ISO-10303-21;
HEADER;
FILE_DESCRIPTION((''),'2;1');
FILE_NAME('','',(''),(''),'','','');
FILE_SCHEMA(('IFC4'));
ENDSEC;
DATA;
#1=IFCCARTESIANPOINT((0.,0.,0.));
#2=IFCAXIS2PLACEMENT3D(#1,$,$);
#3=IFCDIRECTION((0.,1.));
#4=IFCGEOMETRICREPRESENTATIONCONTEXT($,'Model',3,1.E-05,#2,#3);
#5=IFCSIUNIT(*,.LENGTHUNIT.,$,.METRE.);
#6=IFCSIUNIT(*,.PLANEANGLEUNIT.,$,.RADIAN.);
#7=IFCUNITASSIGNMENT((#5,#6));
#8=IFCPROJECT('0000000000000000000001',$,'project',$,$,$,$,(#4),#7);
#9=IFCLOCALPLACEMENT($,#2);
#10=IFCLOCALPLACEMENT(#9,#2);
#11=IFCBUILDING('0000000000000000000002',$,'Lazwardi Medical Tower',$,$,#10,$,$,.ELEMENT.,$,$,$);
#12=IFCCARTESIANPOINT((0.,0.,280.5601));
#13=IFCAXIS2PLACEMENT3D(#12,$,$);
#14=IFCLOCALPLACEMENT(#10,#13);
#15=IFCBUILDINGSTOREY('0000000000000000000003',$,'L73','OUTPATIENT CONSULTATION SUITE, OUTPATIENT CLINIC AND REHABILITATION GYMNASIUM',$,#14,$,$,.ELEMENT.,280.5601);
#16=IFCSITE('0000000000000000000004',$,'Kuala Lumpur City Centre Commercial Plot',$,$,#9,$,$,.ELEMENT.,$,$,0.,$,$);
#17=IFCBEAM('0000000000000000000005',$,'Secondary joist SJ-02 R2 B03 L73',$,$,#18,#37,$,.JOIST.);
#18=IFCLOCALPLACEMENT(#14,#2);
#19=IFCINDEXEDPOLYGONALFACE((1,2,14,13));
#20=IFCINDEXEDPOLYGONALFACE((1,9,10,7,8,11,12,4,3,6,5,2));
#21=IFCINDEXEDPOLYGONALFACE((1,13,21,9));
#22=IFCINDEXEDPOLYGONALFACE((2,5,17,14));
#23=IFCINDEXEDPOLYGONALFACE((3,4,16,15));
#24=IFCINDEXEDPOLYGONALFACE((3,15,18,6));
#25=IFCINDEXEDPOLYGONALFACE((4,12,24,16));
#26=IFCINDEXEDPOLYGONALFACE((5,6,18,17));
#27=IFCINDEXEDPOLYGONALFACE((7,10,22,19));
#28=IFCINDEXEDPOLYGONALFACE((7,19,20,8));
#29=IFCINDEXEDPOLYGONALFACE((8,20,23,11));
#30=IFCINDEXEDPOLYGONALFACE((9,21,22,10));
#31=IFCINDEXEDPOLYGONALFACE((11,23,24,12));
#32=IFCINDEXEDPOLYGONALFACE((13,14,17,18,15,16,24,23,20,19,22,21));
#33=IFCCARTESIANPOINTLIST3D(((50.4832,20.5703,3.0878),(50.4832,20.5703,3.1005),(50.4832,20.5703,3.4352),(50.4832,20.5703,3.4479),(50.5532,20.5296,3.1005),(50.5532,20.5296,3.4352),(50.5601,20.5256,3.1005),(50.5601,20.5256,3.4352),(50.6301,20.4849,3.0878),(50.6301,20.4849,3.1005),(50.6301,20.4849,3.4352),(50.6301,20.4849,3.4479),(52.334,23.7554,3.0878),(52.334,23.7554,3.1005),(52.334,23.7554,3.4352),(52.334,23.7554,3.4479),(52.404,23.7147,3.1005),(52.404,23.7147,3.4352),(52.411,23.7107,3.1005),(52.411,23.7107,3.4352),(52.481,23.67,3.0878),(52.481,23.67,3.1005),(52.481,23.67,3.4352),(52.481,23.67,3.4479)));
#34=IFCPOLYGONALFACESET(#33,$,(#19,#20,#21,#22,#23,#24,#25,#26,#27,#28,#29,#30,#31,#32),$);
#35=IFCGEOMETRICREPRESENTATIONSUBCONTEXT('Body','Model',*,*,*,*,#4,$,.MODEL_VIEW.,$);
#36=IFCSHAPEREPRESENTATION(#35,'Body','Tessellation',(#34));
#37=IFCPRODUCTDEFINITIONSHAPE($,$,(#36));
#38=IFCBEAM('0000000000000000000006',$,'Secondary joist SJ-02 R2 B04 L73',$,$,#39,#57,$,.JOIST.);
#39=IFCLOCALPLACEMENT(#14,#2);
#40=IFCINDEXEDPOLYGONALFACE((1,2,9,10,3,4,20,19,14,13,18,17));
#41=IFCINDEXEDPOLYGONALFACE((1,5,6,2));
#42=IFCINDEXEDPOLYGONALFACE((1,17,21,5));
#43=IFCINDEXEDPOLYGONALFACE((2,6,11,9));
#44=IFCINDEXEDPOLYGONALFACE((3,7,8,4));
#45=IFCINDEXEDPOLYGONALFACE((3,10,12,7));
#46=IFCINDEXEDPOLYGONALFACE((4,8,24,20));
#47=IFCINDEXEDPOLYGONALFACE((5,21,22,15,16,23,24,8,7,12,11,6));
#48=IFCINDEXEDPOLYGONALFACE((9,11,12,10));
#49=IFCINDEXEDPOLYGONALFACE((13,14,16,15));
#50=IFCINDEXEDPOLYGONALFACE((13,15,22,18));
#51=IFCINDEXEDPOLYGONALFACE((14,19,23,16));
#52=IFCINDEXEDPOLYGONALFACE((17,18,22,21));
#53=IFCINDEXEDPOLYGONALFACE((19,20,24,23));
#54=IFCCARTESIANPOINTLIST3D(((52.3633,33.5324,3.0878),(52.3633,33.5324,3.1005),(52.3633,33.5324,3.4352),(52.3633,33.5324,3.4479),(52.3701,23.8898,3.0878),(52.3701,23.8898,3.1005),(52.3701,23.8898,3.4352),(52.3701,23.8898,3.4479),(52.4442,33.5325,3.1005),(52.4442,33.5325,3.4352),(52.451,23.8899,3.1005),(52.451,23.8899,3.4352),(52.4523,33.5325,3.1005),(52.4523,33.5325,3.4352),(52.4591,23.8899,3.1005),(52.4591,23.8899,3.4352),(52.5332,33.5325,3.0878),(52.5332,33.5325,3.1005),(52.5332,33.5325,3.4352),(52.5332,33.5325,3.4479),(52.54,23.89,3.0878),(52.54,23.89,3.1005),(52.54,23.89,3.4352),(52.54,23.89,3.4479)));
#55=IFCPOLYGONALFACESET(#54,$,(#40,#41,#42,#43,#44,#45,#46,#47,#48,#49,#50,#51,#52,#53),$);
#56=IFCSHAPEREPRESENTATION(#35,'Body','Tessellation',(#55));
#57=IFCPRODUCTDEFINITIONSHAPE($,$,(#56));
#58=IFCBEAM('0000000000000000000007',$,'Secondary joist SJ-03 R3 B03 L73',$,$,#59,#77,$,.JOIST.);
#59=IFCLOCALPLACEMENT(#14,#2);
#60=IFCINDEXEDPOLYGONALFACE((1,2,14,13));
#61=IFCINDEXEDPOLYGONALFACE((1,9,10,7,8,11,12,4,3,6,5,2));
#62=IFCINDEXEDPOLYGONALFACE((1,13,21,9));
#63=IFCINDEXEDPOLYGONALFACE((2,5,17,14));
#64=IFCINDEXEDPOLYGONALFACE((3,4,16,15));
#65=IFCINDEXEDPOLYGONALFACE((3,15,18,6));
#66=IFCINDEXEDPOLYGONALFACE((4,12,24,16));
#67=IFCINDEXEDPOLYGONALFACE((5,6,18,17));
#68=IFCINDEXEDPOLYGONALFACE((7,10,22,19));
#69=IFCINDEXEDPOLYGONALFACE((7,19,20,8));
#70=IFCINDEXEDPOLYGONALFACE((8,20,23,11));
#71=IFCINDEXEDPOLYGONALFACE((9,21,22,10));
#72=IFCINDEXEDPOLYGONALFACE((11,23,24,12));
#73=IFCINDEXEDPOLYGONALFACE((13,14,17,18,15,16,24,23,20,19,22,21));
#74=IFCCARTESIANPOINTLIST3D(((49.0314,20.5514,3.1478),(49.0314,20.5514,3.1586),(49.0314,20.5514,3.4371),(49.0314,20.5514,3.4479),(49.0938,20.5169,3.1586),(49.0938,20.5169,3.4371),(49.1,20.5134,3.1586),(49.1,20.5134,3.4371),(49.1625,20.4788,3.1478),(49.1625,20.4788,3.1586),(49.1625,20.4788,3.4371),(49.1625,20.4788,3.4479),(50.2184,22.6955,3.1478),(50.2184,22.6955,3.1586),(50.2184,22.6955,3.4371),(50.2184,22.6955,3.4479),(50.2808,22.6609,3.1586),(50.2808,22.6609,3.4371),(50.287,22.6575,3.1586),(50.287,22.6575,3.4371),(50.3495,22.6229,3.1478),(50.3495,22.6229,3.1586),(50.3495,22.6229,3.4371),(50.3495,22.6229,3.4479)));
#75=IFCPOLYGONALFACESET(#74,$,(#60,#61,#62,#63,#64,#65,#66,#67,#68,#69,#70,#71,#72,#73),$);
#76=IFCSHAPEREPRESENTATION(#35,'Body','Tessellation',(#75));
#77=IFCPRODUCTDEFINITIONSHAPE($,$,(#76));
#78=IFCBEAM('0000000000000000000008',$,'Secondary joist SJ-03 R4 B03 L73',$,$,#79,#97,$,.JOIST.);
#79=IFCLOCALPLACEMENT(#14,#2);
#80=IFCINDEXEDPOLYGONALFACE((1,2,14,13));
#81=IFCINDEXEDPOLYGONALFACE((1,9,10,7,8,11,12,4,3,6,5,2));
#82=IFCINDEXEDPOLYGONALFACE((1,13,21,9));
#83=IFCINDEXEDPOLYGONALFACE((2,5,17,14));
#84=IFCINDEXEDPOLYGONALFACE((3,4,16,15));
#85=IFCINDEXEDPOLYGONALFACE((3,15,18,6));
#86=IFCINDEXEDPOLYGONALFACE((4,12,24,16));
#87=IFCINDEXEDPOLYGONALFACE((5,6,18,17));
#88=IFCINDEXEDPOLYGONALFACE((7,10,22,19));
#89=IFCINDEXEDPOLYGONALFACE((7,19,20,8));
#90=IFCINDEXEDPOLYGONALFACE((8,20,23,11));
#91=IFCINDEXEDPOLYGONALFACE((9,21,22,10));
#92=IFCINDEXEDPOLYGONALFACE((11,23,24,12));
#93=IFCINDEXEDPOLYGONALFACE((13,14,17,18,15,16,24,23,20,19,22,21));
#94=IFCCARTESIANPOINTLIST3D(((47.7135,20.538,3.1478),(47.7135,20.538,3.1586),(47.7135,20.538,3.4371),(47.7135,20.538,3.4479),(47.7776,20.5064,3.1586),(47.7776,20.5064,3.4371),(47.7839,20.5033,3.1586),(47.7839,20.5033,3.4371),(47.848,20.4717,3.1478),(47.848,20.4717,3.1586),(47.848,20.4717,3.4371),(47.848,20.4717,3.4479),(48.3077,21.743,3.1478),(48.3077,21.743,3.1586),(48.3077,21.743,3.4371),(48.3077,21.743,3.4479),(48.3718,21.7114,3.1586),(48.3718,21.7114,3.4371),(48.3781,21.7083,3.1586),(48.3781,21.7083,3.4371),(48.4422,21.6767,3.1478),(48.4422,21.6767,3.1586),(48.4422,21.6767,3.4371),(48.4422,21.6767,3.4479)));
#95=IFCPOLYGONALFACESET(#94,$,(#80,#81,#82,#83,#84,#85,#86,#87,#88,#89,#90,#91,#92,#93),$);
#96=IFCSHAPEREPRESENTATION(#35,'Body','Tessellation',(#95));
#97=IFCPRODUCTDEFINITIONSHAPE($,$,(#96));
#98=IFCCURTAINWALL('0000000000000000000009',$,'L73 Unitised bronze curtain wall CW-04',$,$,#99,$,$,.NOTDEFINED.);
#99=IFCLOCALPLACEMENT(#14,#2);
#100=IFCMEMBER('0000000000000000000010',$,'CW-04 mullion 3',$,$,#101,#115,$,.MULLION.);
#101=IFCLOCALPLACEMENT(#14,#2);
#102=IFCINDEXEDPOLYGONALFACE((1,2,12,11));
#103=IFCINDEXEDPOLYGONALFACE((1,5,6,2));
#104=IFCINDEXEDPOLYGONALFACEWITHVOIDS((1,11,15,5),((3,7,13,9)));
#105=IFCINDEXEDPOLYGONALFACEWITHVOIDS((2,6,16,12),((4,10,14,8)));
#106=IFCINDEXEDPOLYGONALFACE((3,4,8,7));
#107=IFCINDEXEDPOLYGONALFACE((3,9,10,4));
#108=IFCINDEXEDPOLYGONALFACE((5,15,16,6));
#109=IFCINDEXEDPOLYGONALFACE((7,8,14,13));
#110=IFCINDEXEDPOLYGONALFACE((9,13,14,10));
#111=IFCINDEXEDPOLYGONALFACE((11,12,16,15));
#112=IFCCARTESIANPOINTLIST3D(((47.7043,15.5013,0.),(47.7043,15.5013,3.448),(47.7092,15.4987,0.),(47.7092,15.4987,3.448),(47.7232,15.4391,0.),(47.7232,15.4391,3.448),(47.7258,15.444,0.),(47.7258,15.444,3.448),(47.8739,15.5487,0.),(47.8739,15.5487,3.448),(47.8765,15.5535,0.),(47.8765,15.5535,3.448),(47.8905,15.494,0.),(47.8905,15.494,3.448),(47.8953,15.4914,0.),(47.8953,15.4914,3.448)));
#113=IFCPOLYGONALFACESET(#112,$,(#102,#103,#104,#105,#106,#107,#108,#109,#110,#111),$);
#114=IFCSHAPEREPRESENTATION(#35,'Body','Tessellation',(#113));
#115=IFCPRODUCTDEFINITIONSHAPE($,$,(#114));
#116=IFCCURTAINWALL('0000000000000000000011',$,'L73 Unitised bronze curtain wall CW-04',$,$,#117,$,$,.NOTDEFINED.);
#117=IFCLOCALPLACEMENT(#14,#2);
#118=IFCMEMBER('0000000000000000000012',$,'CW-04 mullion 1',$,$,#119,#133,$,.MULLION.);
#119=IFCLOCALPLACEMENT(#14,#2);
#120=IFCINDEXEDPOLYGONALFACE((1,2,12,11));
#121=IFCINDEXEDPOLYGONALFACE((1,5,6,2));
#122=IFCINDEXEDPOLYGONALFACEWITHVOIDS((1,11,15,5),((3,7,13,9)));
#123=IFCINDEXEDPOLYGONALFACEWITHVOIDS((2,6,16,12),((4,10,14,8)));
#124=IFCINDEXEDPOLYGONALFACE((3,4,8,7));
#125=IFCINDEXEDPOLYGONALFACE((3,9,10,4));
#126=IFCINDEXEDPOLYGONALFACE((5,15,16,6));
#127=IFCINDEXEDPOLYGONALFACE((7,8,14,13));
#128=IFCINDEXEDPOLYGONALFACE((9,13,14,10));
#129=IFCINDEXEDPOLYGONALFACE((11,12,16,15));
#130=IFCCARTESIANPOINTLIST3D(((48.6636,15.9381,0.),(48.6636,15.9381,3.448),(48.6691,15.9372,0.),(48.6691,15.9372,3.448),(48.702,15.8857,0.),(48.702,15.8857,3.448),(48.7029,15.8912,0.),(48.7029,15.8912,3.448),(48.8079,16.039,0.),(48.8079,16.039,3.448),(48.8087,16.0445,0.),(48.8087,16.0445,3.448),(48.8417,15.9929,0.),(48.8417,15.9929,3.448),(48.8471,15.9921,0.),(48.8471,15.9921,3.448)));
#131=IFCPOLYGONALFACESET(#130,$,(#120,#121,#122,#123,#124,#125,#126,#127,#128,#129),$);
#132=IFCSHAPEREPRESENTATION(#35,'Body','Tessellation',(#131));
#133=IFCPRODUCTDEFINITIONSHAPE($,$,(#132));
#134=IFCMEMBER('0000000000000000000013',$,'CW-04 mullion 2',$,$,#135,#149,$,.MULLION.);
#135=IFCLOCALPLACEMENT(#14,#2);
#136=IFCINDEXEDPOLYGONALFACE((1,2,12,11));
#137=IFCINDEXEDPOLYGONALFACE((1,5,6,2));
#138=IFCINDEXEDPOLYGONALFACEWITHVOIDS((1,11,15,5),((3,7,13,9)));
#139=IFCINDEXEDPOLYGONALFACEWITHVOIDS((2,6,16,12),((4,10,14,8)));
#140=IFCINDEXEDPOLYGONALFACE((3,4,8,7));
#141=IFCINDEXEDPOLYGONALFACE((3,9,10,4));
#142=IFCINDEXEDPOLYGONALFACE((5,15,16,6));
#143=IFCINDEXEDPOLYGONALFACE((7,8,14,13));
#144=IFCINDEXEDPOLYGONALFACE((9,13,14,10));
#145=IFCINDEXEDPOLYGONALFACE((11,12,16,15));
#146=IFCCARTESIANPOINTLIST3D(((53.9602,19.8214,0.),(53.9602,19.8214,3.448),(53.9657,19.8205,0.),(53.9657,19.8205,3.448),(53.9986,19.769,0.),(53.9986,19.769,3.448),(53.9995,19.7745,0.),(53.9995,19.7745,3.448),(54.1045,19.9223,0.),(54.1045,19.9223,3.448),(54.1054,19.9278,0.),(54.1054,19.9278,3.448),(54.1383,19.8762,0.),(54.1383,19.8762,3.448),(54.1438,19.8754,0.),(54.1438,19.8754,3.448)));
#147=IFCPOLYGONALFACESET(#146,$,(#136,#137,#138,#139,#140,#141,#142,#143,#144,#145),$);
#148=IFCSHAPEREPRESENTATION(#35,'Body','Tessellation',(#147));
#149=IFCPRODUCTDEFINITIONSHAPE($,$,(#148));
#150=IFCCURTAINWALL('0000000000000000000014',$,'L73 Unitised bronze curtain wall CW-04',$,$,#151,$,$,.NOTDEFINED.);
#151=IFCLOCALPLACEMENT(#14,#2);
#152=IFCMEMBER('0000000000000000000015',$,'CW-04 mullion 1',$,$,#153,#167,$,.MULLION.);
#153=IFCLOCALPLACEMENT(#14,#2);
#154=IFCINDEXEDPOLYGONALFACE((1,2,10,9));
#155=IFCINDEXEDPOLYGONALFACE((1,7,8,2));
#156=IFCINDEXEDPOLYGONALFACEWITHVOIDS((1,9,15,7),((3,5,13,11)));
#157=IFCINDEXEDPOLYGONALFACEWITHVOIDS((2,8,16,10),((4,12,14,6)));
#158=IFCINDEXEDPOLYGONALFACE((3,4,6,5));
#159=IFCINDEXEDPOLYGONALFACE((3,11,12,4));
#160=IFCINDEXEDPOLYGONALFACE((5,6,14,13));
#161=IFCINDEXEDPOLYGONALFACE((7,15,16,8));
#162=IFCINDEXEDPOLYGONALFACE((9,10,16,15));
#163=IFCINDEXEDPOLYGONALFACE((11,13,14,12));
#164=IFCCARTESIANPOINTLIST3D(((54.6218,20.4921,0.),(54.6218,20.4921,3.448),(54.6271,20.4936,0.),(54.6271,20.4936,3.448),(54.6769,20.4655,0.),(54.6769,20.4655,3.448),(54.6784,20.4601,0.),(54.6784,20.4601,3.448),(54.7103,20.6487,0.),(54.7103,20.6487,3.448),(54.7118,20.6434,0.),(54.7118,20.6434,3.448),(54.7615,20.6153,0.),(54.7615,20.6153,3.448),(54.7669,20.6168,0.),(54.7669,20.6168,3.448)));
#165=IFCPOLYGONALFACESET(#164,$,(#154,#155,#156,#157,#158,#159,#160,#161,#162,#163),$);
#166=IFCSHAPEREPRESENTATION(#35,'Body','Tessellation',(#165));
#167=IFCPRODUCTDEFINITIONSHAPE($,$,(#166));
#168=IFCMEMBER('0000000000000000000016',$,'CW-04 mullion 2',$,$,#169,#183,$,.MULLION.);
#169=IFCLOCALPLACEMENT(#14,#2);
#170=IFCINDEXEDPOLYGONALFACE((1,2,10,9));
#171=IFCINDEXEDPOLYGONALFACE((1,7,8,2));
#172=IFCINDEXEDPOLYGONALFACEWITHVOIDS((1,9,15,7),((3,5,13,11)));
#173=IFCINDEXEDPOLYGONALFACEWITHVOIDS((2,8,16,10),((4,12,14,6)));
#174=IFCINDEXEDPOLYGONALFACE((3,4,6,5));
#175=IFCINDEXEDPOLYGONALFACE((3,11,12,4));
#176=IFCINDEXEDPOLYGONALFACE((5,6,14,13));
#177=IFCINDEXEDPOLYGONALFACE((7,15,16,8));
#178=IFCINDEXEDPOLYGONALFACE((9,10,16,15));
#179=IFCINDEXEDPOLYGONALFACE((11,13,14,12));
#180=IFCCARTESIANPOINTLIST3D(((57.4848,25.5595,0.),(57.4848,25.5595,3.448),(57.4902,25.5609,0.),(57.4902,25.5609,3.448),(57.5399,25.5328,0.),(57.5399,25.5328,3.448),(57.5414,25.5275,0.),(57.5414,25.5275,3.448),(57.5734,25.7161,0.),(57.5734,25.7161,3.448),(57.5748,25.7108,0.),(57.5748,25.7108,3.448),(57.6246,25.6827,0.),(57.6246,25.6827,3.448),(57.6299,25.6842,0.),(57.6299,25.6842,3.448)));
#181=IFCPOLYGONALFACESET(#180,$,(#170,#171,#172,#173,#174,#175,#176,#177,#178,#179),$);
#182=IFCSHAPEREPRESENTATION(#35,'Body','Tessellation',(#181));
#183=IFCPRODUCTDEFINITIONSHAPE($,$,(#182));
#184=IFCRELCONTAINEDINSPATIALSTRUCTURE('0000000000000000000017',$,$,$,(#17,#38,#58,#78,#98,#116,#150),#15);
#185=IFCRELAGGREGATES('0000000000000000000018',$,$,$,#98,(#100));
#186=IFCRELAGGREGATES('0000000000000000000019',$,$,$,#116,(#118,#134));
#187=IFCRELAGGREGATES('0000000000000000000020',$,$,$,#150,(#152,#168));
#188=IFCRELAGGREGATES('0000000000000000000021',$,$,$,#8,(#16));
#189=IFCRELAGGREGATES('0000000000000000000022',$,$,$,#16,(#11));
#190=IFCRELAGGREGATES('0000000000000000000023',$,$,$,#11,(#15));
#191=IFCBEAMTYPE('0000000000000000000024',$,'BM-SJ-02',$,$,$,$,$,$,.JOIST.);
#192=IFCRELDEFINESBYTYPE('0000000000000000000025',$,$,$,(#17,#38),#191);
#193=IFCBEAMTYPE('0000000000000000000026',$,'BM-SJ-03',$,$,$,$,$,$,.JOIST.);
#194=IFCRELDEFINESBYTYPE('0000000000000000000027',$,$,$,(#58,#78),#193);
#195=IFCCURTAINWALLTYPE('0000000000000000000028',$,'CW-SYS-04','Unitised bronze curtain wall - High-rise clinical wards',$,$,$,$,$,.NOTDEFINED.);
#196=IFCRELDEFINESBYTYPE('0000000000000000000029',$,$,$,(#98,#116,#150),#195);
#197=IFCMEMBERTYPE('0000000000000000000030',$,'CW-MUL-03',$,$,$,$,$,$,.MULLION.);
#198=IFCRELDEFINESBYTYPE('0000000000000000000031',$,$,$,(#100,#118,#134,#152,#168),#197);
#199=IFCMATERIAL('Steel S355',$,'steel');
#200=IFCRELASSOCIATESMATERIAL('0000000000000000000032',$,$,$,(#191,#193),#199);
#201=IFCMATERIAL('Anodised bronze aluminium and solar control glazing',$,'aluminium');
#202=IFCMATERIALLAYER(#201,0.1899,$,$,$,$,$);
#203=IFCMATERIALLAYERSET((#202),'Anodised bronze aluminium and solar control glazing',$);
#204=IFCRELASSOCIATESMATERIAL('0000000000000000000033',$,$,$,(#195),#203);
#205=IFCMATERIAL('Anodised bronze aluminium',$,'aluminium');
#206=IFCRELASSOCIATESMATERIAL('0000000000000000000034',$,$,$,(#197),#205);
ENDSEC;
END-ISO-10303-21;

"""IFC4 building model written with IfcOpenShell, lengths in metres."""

from ifc_helpers import new_model, si_unit, direction, frame, origin, origin_2d, place, context, subcontext, project, spatial, hollow_rectangle, i_section, extrude, material, layer, layer_set, material_profile, profile_set, type_object, element, aggregate, save


model = new_model("IFC4")

# Units and contexts
model_context = context("Model", 3, precision=1e-05, world=origin(), true_north=direction((0.0, 1.0)))
body_context = subcontext(model_context, "Body", "Model", "MODEL_VIEW")
ifc_project = project(units=[si_unit("LENGTHUNIT", "METRE"), si_unit("PLANEANGLEUNIT", "RADIAN")], contexts=[model_context])

# Site, building, storey
site_placement = place(None, origin())
site = spatial("IfcSite", under=ifc_project, at=site_placement, Name="Kuala Lumpur City Centre Commercial Plot", CompositionType="ELEMENT", RefElevation=0.0)
building_placement = place(site_placement, origin())
building = spatial("IfcBuilding", under=site, at=building_placement, Name="Lazwardi Medical Tower", CompositionType="ELEMENT")
storey_placement = place(building_placement, frame((0.0, 0.0, 280.5601)))
storey = spatial("IfcBuildingStorey", under=building, at=storey_placement, Name="L73", Description="OUTPATIENT CONSULTATION SUITE, OUTPATIENT CLINIC AND REHABILITATION GYMNASIUM", CompositionType="ELEMENT", Elevation=280.5601)

# Beams
ifc_material_1 = material(Name="Steel S355", Category="steel")
ifc_material_profile_1 = material_profile(ifc_material_1, i_section(OverallWidth=0.1699, OverallDepth=0.3601, WebThickness=0.0081, FlangeThickness=0.0127, at=origin_2d()), Name="IPE 360")
ifc_profile_set_1 = profile_set([ifc_material_profile_1], Name="Steel S355")
beam_type_1 = type_object("IfcBeamType", Name="BM-SJ-02", PredefinedType="JOIST", material=ifc_profile_set_1)
beam_1_placement = place(storey_placement, frame((50.5566, 20.5276, 3.2678), z_axis=(0.502428, 0.864619, 0.0), x_axis=(-0.864619, 0.502428, 0.0)))
element("IfcBeam", 1, at=beam_1_placement, inside=storey, type_object=beam_type_1, Name="Secondary joist SJ-02 R2 B03 L73", PredefinedType="JOIST", context=body_context, shape_type="SweptSolid", body=[
    extrude(i_section(OverallWidth=0.1699, OverallDepth=0.3601, WebThickness=0.0081, FlangeThickness=0.0127, at=origin_2d()), origin(), (0.0, 0.0, 1.0), 3.6838),
])
beam_2_placement = place(storey_placement, frame((52.4551, 23.8899, 3.2678), z_axis=(-0.000709, 1.0, 0.0), x_axis=(-1.0, -0.000709, 0.0)))
element("IfcBeam", 2, at=beam_2_placement, inside=storey, type_object=beam_type_1, Name="Secondary joist SJ-02 R2 B04 L73", PredefinedType="JOIST", context=body_context, shape_type="SweptSolid", body=[
    extrude(i_section(OverallWidth=0.1699, OverallDepth=0.3601, WebThickness=0.0081, FlangeThickness=0.0127, at=origin_2d()), origin(), (0.0, 0.0, 1.0), 9.6426),
])
ifc_material_profile_2 = material_profile(ifc_material_1, i_section(OverallWidth=0.1499, OverallDepth=0.3, WebThickness=0.0071, FlangeThickness=0.0107, at=origin_2d()), Name="IPE 300")
ifc_profile_set_2 = profile_set([ifc_material_profile_2], Name="Steel S355")
beam_type_2 = type_object("IfcBeamType", Name="BM-SJ-03", PredefinedType="JOIST", material=ifc_profile_set_2)
beam_3_placement = place(storey_placement, frame((49.0969, 20.5151, 3.2979), z_axis=(0.484357, 0.874871, 0.0), x_axis=(-0.874871, 0.484357, 0.0)))
element("IfcBeam", 3, at=beam_3_placement, inside=storey, type_object=beam_type_2, Name="Secondary joist SJ-03 R3 B03 L73", PredefinedType="JOIST", context=body_context, shape_type="SweptSolid", body=[
    extrude(i_section(OverallWidth=0.1499, OverallDepth=0.3, WebThickness=0.0071, FlangeThickness=0.0107, at=origin_2d()), origin(), (0.0, 0.0, 1.0), 2.4507),
])
beam_4_placement = place(storey_placement, frame((47.7808, 20.5049, 3.2979), z_axis=(0.442264, 0.896885, 0.0), x_axis=(-0.896885, 0.442264, 0.0)))
element("IfcBeam", 4, at=beam_4_placement, inside=storey, type_object=beam_type_2, Name="Secondary joist SJ-03 R4 B03 L73", PredefinedType="JOIST", context=body_context, shape_type="SweptSolid", body=[
    extrude(i_section(OverallWidth=0.1499, OverallDepth=0.3, WebThickness=0.0071, FlangeThickness=0.0107, at=origin_2d()), origin(), (0.0, 0.0, 1.0), 1.3435),
])

# Curtain wall, member
ifc_material_2 = material(Name="Anodised bronze aluminium and solar control glazing", Category="aluminium")
ifc_layer_1 = layer(ifc_material_2, 0.1899)
ifc_layer_set_1 = layer_set([ifc_layer_1], Name="Anodised bronze aluminium and solar control glazing")
curtain_wall_type = type_object("IfcCurtainWallType", Name="CW-SYS-04", Description="Unitised bronze curtain wall - High-rise clinical wards", PredefinedType="NOTDEFINED", material=ifc_layer_set_1)
curtain_wall_1_placement = place(storey_placement, origin())
curtain_wall_1 = element("IfcCurtainWall", 5, at=curtain_wall_1_placement, inside=storey, type_object=curtain_wall_type, Name="L73 Unitised bronze curtain wall CW-04", PredefinedType="NOTDEFINED")
ifc_material_3 = material(Name="Anodised bronze aluminium", Category="aluminium")
ifc_material_profile_3 = material_profile(ifc_material_3, hollow_rectangle(XDim=0.0649, YDim=0.1799, WallThickness=0.0039, at=origin_2d()), Name="ALU-MULLION 180x65x4")
ifc_profile_set_3 = profile_set([ifc_material_profile_3], Name="Anodised bronze aluminium")
member_type_1 = type_object("IfcMemberType", Name="CW-MUL-03", PredefinedType="MULLION", material=ifc_profile_set_3)
member_1_placement = place(storey_placement, frame((47.7998, 15.4963, 0.0), z_axis=(0.0, 0.0, 1.0), x_axis=(-0.290582, 0.95685, 0.0)))
member_1 = element("IfcMember", 6, at=member_1_placement, type_object=member_type_1, Name="CW-04 mullion 3", PredefinedType="MULLION", context=body_context, shape_type="SweptSolid", body=[
    extrude(hollow_rectangle(XDim=0.0649, YDim=0.1799, WallThickness=0.0039, at=origin_2d()), origin(), (0.0, 0.0, 1.0), 3.448),
])
aggregate(curtain_wall_1, [member_1])

# Curtain walls, members
curtain_wall_2_placement = place(storey_placement, origin())
curtain_wall_2 = element("IfcCurtainWall", 7, at=curtain_wall_2_placement, inside=storey, type_object=curtain_wall_type, Name="L73 Unitised bronze curtain wall CW-04", PredefinedType="NOTDEFINED")
member_2_placement = place(storey_placement, frame((48.7554, 15.9651, 0.0), z_axis=(0.0, 0.0, 1.0), x_axis=(-0.591268, 0.806475, 0.0)))
member_2 = element("IfcMember", 8, at=member_2_placement, type_object=member_type_1, Name="CW-04 mullion 1", PredefinedType="MULLION", context=body_context, shape_type="SweptSolid", body=[
    extrude(hollow_rectangle(XDim=0.0649, YDim=0.1799, WallThickness=0.0039, at=origin_2d()), origin(), (0.0, 0.0, 1.0), 3.448),
])
member_3_placement = place(storey_placement, frame((54.052, 19.8484, 0.0), z_axis=(0.0, 0.0, 1.0), x_axis=(-0.591268, 0.806475, 0.0)))
member_3 = element("IfcMember", 9, at=member_3_placement, type_object=member_type_1, Name="CW-04 mullion 2", PredefinedType="MULLION", context=body_context, shape_type="SweptSolid", body=[
    extrude(hollow_rectangle(XDim=0.0649, YDim=0.1799, WallThickness=0.0039, at=origin_2d()), origin(), (0.0, 0.0, 1.0), 3.448),
])
curtain_wall_3_placement = place(storey_placement, origin())
curtain_wall_3 = element("IfcCurtainWall", 10, at=curtain_wall_3_placement, inside=storey, type_object=curtain_wall_type, Name="L73 Unitised bronze curtain wall CW-04", PredefinedType="NOTDEFINED")
member_4_placement = place(storey_placement, frame((54.6943, 20.5544, 0.0), z_axis=(0.0, 0.0, 1.0), x_axis=(-0.870651, 0.4919, 0.0)))
member_4 = element("IfcMember", 11, at=member_4_placement, type_object=member_type_1, Name="CW-04 mullion 1", PredefinedType="MULLION", context=body_context, shape_type="SweptSolid", body=[
    extrude(hollow_rectangle(XDim=0.0649, YDim=0.1799, WallThickness=0.0039, at=origin_2d()), origin(), (0.0, 0.0, 1.0), 3.448),
])
member_5_placement = place(storey_placement, frame((57.5574, 25.6218, 0.0), z_axis=(0.0, 0.0, 1.0), x_axis=(-0.870651, 0.4919, 0.0)))
member_5 = element("IfcMember", 12, at=member_5_placement, type_object=member_type_1, Name="CW-04 mullion 2", PredefinedType="MULLION", context=body_context, shape_type="SweptSolid", body=[
    extrude(hollow_rectangle(XDim=0.0649, YDim=0.1799, WallThickness=0.0039, at=origin_2d()), origin(), (0.0, 0.0, 1.0), 3.448),
])

aggregate(curtain_wall_2, [member_2, member_3])
aggregate(curtain_wall_3, [member_4, member_5])

save(model, "model.ifc")
